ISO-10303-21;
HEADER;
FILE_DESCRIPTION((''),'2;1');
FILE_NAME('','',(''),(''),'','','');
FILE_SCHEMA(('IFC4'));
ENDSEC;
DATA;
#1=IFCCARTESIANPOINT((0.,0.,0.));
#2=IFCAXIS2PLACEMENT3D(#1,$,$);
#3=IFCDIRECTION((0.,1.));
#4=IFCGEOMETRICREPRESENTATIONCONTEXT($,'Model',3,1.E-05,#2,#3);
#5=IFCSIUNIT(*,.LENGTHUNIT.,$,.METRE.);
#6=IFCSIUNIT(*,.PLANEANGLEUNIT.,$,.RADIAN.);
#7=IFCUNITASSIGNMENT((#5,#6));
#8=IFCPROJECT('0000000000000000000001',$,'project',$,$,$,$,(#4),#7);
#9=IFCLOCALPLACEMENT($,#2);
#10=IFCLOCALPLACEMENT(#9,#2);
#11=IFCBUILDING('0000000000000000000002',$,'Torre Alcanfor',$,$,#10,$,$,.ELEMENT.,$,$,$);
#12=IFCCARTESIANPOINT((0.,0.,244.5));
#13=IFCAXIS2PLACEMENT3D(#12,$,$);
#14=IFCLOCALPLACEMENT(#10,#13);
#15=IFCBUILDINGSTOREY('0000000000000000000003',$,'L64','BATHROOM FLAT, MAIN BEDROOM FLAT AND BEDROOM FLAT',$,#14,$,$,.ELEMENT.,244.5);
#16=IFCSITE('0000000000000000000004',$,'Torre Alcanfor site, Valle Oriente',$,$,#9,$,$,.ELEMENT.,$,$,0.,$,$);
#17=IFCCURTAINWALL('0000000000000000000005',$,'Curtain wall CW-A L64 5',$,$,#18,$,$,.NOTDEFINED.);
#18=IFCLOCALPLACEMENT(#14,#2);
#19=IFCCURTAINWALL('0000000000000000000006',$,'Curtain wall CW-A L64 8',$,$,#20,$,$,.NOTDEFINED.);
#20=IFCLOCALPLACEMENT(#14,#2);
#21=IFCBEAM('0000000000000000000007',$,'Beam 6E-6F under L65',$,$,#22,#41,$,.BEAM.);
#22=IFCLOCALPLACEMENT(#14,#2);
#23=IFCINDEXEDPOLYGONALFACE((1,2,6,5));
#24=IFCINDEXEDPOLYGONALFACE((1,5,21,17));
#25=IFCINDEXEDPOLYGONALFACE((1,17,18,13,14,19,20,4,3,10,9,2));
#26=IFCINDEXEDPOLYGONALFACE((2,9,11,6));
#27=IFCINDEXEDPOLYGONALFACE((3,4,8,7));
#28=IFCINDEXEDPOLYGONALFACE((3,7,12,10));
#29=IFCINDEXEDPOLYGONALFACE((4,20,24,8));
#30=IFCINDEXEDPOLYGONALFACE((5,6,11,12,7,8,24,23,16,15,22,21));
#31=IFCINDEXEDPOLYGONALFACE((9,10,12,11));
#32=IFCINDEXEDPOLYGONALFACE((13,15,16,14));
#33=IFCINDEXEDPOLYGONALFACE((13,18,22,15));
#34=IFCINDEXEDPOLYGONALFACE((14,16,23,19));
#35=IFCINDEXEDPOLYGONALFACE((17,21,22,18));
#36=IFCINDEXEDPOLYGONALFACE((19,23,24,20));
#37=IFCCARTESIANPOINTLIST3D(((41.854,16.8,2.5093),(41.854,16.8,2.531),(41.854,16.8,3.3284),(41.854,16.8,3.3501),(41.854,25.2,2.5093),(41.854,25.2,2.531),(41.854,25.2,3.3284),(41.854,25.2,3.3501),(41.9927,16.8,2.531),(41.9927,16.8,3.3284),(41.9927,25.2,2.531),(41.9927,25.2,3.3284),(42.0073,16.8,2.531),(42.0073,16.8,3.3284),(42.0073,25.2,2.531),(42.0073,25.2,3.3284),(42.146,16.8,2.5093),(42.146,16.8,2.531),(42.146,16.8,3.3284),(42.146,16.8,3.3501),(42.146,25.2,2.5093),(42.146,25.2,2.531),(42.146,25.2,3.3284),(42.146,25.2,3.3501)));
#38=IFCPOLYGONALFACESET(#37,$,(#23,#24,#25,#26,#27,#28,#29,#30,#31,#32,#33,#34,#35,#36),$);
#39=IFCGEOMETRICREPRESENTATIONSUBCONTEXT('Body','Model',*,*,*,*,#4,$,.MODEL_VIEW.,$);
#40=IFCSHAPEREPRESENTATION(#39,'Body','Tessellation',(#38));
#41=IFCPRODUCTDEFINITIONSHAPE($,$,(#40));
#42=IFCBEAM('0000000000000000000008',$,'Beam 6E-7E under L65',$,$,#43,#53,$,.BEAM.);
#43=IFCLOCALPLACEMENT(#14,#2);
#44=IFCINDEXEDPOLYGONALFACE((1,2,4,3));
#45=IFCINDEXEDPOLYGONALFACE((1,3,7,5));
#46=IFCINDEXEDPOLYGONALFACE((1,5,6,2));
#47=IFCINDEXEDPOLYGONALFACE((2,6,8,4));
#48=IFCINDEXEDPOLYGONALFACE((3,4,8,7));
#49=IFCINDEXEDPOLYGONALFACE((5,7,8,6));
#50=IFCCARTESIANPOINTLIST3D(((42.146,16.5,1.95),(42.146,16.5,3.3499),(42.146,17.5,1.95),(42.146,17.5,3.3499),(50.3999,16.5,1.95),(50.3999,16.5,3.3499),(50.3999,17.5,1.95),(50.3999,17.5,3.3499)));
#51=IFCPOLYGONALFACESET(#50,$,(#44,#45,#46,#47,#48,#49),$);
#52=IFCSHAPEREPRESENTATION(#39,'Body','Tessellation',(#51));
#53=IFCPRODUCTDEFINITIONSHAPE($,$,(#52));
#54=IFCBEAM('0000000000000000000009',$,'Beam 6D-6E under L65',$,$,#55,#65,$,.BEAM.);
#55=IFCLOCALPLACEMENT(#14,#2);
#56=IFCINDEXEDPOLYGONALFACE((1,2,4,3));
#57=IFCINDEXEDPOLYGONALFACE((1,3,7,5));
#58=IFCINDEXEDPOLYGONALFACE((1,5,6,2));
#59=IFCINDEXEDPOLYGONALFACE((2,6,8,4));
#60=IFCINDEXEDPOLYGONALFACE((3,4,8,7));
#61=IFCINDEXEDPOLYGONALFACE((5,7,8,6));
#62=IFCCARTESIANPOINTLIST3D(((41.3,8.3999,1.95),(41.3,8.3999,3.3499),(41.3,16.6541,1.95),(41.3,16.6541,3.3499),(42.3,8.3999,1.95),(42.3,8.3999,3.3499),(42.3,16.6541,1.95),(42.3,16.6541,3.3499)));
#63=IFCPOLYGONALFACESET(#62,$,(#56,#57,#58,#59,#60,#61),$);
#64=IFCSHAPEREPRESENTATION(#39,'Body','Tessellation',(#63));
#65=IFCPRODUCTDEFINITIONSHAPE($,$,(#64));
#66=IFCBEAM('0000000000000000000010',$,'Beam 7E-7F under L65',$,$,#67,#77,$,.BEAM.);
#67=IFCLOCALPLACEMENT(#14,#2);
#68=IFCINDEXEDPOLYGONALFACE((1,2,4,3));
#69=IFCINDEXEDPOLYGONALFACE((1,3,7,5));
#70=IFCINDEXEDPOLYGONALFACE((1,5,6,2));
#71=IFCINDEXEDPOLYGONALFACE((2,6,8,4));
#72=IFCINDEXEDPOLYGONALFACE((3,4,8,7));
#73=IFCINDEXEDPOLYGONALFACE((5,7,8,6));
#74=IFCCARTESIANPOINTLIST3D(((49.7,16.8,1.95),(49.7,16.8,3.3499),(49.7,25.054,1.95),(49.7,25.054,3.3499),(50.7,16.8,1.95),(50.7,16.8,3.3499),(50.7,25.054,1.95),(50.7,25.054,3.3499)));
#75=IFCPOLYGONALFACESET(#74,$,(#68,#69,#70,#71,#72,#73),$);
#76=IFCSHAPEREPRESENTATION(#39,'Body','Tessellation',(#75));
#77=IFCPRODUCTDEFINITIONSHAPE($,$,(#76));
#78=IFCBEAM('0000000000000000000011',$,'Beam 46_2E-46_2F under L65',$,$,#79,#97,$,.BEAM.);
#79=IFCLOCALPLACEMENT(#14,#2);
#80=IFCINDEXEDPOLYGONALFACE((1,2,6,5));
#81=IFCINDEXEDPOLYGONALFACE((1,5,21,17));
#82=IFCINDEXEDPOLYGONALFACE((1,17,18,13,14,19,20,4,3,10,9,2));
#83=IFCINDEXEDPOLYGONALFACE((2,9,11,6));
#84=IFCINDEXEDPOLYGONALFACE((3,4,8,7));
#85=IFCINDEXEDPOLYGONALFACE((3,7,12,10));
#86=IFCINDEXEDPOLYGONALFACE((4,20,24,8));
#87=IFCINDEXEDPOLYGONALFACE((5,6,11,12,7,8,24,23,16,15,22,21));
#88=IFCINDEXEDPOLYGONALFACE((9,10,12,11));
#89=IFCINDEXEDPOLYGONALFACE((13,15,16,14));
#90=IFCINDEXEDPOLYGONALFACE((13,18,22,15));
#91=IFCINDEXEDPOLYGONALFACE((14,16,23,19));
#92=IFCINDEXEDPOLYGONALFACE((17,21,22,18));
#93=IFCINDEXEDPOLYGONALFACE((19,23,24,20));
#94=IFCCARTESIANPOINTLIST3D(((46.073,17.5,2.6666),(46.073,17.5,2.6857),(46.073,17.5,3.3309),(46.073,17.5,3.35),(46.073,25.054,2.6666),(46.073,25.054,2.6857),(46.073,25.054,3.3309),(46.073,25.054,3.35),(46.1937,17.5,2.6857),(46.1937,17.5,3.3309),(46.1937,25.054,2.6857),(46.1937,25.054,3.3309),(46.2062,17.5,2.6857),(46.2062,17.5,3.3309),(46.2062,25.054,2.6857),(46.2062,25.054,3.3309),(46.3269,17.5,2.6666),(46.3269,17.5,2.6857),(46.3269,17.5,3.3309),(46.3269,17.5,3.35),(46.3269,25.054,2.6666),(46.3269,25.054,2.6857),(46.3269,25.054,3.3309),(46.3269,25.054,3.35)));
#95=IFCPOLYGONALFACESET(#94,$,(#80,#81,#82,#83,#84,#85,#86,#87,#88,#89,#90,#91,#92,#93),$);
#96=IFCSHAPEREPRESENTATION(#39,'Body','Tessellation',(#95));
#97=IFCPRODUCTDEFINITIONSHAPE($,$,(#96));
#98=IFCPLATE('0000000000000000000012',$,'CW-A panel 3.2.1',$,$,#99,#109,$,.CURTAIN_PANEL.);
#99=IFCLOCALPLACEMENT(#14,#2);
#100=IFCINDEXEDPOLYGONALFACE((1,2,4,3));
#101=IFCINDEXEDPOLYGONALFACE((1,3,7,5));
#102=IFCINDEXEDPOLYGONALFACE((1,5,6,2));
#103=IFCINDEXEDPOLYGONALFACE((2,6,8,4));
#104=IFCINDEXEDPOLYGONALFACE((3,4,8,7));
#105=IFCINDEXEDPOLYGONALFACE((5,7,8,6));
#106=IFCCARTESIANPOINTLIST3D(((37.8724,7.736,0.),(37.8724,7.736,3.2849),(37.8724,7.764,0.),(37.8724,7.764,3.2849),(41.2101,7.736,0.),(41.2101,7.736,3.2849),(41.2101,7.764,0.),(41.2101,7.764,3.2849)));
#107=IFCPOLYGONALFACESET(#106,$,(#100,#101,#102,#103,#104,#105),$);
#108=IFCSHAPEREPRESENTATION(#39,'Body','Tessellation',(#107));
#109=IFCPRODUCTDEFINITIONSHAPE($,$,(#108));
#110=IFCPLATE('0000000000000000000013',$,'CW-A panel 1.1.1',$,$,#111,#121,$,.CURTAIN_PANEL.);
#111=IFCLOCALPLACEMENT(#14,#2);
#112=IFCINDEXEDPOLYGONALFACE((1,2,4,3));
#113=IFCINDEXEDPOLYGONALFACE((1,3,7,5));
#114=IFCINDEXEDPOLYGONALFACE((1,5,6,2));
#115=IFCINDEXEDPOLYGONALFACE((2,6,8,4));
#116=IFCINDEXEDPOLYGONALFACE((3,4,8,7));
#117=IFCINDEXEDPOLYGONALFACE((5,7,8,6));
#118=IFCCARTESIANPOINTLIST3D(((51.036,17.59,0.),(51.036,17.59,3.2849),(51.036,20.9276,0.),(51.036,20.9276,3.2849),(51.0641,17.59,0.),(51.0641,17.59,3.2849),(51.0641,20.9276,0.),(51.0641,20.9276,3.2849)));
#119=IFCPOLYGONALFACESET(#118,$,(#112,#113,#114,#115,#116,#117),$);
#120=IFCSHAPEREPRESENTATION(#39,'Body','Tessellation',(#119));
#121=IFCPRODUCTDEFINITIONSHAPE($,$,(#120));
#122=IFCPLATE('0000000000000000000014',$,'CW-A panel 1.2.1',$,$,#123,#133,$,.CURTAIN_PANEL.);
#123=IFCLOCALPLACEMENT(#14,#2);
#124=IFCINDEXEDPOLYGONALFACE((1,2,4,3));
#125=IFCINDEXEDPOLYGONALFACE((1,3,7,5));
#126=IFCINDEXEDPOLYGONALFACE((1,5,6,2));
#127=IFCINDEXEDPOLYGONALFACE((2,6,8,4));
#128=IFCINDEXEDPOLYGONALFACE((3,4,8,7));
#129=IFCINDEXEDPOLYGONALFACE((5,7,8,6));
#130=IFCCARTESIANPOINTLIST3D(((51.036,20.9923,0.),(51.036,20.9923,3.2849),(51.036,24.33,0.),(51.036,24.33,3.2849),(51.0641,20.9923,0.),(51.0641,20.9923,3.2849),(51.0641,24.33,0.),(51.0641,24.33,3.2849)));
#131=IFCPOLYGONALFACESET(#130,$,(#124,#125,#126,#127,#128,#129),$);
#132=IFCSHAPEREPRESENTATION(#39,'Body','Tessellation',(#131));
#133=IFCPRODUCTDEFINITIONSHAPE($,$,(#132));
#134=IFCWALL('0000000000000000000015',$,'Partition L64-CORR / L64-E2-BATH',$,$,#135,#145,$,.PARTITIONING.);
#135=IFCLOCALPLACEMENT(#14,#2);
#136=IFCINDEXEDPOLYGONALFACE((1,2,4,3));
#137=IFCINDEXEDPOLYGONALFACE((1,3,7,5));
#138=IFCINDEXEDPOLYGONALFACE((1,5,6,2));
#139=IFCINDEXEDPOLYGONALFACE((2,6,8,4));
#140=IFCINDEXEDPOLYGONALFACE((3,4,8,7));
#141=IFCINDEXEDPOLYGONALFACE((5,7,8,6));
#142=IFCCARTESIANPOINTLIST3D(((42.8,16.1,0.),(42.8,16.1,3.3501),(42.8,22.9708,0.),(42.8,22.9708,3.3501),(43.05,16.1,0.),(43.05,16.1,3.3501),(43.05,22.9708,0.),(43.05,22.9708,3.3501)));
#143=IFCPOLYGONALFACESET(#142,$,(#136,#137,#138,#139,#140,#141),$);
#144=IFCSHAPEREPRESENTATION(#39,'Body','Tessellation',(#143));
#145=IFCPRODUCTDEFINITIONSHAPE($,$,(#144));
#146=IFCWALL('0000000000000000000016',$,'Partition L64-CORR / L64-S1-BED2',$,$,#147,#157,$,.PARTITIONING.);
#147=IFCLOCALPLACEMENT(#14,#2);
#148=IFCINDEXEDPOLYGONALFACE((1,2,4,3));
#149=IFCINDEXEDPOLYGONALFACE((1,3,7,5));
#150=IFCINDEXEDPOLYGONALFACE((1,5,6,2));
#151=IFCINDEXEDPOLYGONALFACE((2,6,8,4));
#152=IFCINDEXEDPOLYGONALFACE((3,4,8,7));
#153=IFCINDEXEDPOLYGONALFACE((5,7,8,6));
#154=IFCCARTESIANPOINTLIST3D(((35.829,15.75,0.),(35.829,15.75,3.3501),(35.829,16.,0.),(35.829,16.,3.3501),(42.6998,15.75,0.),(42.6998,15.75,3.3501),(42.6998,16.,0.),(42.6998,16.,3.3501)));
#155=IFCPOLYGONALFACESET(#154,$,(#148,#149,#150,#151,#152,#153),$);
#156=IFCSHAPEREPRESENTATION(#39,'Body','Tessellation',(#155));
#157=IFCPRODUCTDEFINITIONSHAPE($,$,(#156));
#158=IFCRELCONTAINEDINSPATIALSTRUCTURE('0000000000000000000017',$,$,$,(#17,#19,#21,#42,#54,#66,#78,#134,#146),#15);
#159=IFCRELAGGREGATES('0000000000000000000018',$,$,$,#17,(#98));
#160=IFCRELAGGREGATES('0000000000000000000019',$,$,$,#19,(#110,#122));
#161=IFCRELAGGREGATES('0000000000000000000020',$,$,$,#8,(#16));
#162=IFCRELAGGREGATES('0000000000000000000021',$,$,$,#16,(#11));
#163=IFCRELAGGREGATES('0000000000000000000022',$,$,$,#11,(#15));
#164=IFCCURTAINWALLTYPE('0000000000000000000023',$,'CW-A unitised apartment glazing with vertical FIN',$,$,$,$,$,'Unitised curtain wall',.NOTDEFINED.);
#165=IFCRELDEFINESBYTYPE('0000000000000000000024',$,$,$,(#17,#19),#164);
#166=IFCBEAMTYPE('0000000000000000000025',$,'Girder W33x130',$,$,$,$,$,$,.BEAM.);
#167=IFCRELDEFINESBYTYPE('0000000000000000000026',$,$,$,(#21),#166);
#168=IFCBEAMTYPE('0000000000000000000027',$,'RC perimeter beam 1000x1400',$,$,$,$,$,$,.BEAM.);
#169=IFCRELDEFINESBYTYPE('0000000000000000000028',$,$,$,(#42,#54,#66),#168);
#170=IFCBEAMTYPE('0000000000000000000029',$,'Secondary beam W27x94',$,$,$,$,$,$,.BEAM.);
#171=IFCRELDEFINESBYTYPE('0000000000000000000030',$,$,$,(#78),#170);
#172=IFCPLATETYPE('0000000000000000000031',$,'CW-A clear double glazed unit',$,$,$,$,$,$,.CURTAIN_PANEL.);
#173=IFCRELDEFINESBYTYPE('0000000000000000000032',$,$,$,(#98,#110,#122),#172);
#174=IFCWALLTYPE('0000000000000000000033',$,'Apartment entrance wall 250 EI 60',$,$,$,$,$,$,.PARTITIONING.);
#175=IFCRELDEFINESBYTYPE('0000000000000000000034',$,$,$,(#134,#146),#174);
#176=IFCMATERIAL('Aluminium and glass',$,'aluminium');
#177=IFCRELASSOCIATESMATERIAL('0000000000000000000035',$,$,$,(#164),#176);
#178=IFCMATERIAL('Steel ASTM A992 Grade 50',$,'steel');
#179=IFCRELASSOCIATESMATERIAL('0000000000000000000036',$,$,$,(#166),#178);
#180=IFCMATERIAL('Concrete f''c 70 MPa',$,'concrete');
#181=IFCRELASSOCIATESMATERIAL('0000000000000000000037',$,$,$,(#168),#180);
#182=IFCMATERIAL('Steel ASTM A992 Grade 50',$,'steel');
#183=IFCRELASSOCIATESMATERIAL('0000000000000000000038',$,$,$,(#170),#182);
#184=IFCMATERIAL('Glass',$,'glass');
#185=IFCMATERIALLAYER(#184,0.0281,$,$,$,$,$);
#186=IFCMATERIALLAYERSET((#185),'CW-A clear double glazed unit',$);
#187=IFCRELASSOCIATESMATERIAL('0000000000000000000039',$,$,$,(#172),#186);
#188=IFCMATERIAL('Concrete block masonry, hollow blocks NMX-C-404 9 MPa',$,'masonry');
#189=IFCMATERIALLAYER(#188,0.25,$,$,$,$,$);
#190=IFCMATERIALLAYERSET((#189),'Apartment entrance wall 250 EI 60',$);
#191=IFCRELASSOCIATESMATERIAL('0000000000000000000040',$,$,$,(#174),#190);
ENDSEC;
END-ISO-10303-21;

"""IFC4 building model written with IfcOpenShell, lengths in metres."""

from ifc_helpers import new_model, si_unit, direction, frame, frame_2d, origin, origin_2d, place, context, subcontext, project, spatial, rectangle, i_section, extrude, material, layer, layer_set, material_profile, profile_set, type_object, element, aggregate, save


model = new_model("IFC4")

# Units and contexts
model_context = context("Model", 3, precision=1e-05, world=origin(), true_north=direction((0.0, 1.0)))
body_context = subcontext(model_context, "Body", "Model", "MODEL_VIEW")
ifc_project = project(units=[si_unit("LENGTHUNIT", "METRE"), si_unit("PLANEANGLEUNIT", "RADIAN")], contexts=[model_context])

# Site, building, storey
site_placement = place(None, origin())
site = spatial("IfcSite", under=ifc_project, at=site_placement, Name="Torre Alcanfor site, Valle Oriente", CompositionType="ELEMENT", RefElevation=0.0)
building_placement = place(site_placement, origin())
building = spatial("IfcBuilding", under=site, at=building_placement, Name="Torre Alcanfor", CompositionType="ELEMENT")
storey_placement = place(building_placement, frame((0.0, 0.0, 244.5)))
storey = spatial("IfcBuildingStorey", under=building, at=storey_placement, Name="L64", Description="BATHROOM FLAT, MAIN BEDROOM FLAT AND BEDROOM FLAT", CompositionType="ELEMENT", Elevation=244.5)

# Curtain wall
ifc_material_1 = material(Name="Aluminium and glass", Category="aluminium")
curtain_wall_type = type_object("IfcCurtainWallType", Name="CW-A unitised apartment glazing with vertical FIN", ElementType="Unitised curtain wall", PredefinedType="NOTDEFINED", material=ifc_material_1)
curtain_wall_1_placement = place(storey_placement, origin())
curtain_wall_1 = element("IfcCurtainWall", 1, at=curtain_wall_1_placement, inside=storey, type_object=curtain_wall_type, Name="Curtain wall CW-A L64 5", PredefinedType="NOTDEFINED")

# Curtain wall
curtain_wall_2_placement = place(storey_placement, origin())
curtain_wall_2 = element("IfcCurtainWall", 2, at=curtain_wall_2_placement, inside=storey, type_object=curtain_wall_type, Name="Curtain wall CW-A L64 8", PredefinedType="NOTDEFINED")

# Beams
ifc_material_2 = material(Name="Steel ASTM A992 Grade 50", Category="steel")
ifc_material_profile_1 = material_profile(ifc_material_2, i_section(OverallWidth=0.292, OverallDepth=0.8408, WebThickness=0.0146, FlangeThickness=0.0217, at=origin_2d()), Name="W33x130")
ifc_profile_set_1 = profile_set([ifc_material_profile_1], Name="Steel ASTM A992 Grade 50")
beam_type_1 = type_object("IfcBeamType", Name="Girder W33x130", PredefinedType="BEAM", material=ifc_profile_set_1)
beam_1_placement = place(storey_placement, frame((42.0, 16.8, 2.9297), z_axis=(0.0, 1.0, 0.0), x_axis=(-1.0, 0.0, 0.0)))
element("IfcBeam", 3, at=beam_1_placement, inside=storey, type_object=beam_type_1, Name="Beam 6E-6F under L65", PredefinedType="BEAM", context=body_context, shape_type="SweptSolid", body=[
    extrude(i_section(OverallWidth=0.292, OverallDepth=0.8408, WebThickness=0.0146, FlangeThickness=0.0217, at=origin_2d()), origin(), (0.0, 0.0, 1.0), 8.3999),
])
ifc_material_3 = material(Name="Concrete f'c 70 MPa", Category="concrete")
ifc_material_profile_2 = material_profile(ifc_material_3, rectangle(XDim=1.0, YDim=1.3999, at=origin_2d()), Name="1000x1400")
ifc_profile_set_2 = profile_set([ifc_material_profile_2], Name="Concrete f'c 70 MPa")
beam_type_2 = type_object("IfcBeamType", Name="RC perimeter beam 1000x1400", PredefinedType="BEAM", material=ifc_profile_set_2)
beam_2_placement = place(storey_placement, frame((42.146, 17.0, 2.6499), z_axis=(1.0, 0.0, 0.0), x_axis=(0.0, 1.0, 0.0)))
element("IfcBeam", 4, at=beam_2_placement, inside=storey, type_object=beam_type_2, Name="Beam 6E-7E under L65", PredefinedType="BEAM", context=body_context, shape_type="SweptSolid", body=[
    extrude(rectangle(XDim=1.0, YDim=1.3999, at=origin_2d()), origin(), (0.0, 0.0, 1.0), 8.2539),
])
beam_3_placement = place(storey_placement, frame((41.8, 8.3999, 2.6499), z_axis=(0.0, 1.0, 0.0), x_axis=(-1.0, 0.0, 0.0)))
element("IfcBeam", 5, at=beam_3_placement, inside=storey, type_object=beam_type_2, Name="Beam 6D-6E under L65", PredefinedType="BEAM", context=body_context, shape_type="SweptSolid", body=[
    extrude(rectangle(XDim=1.0, YDim=1.3999, at=origin_2d()), origin(), (0.0, 0.0, 1.0), 8.2542),
])
beam_4_placement = place(storey_placement, frame((50.2, 16.8, 2.6499), z_axis=(0.0, 1.0, 0.0), x_axis=(-1.0, 0.0, 0.0)))
element("IfcBeam", 6, at=beam_4_placement, inside=storey, type_object=beam_type_2, Name="Beam 7E-7F under L65", PredefinedType="BEAM", context=body_context, shape_type="SweptSolid", body=[
    extrude(rectangle(XDim=1.0, YDim=1.3999, at=origin_2d()), origin(), (0.0, 0.0, 1.0), 8.2539),
])
ifc_material_4 = material(Name="Steel ASTM A992 Grade 50", Category="steel")
ifc_material_profile_3 = material_profile(ifc_material_4, i_section(OverallWidth=0.2539, OverallDepth=0.6833, WebThickness=0.0125, FlangeThickness=0.019, at=origin_2d()), Name="W27x94")
ifc_profile_set_3 = profile_set([ifc_material_profile_3], Name="Steel ASTM A992 Grade 50")
beam_type_3 = type_object("IfcBeamType", Name="Secondary beam W27x94", PredefinedType="BEAM", material=ifc_profile_set_3)
beam_5_placement = place(storey_placement, frame((46.2, 17.5, 3.0083), z_axis=(0.0, 1.0, 0.0), x_axis=(-1.0, 0.0, 0.0)))
element("IfcBeam", 7, at=beam_5_placement, inside=storey, type_object=beam_type_3, Name="Beam 46_2E-46_2F under L65", PredefinedType="BEAM", context=body_context, shape_type="SweptSolid", body=[
    extrude(i_section(OverallWidth=0.2539, OverallDepth=0.6833, WebThickness=0.0125, FlangeThickness=0.019, at=origin_2d()), origin(), (0.0, 0.0, 1.0), 7.554),
])

# Plates
ifc_material_5 = material(Name="Glass", Category="glass")
ifc_layer_1 = layer(ifc_material_5, 0.0281)
ifc_layer_set_1 = layer_set([ifc_layer_1], Name="CW-A clear double glazed unit")
plate_type = type_object("IfcPlateType", Name="CW-A clear double glazed unit", PredefinedType="CURTAIN_PANEL", material=ifc_layer_set_1)
plate_1_placement = place(storey_placement, frame((39.5413, 7.75, 0.0), z_axis=(0.0, 0.0, 1.0), x_axis=(1.0, 0.0, 0.0)))
plate_1 = element("IfcPlate", 8, at=plate_1_placement, type_object=plate_type, Name="CW-A panel 3.2.1", PredefinedType="CURTAIN_PANEL", context=body_context, shape_type="SweptSolid", body=[
    extrude(rectangle(XDim=3.3376, YDim=0.0281, at=origin_2d()), origin(), (0.0, 0.0, 1.0), 3.2849),
])
aggregate(curtain_wall_1, [plate_1])
plate_2_placement = place(storey_placement, frame((51.05, 19.2588, 0.0), z_axis=(0.0, 0.0, 1.0), x_axis=(0.0, 1.0, 0.0)))
plate_2 = element("IfcPlate", 9, at=plate_2_placement, type_object=plate_type, Name="CW-A panel 1.1.1", PredefinedType="CURTAIN_PANEL", context=body_context, shape_type="SweptSolid", body=[
    extrude(rectangle(XDim=3.3376, YDim=0.0281, at=origin_2d()), origin(), (0.0, 0.0, 1.0), 3.2849),
])
plate_3_placement = place(storey_placement, frame((51.05, 22.6611, 0.0), z_axis=(0.0, 0.0, 1.0), x_axis=(0.0, 1.0, 0.0)))
plate_3 = element("IfcPlate", 10, at=plate_3_placement, type_object=plate_type, Name="CW-A panel 1.2.1", PredefinedType="CURTAIN_PANEL", context=body_context, shape_type="SweptSolid", body=[
    extrude(rectangle(XDim=3.3376, YDim=0.0281, at=origin_2d()), origin(), (0.0, 0.0, 1.0), 3.2849),
])
aggregate(curtain_wall_2, [plate_2, plate_3])

# Walls
ifc_material_6 = material(Name="Concrete block masonry, hollow blocks NMX-C-404 9 MPa", Category="masonry")
ifc_layer_2 = layer(ifc_material_6, 0.25)
ifc_layer_set_2 = layer_set([ifc_layer_2], Name="Apartment entrance wall 250 EI 60")
wall_type_1 = type_object("IfcWallType", Name="Apartment entrance wall 250 EI 60", PredefinedType="PARTITIONING", material=ifc_layer_set_2)
for number, where, z_axis, x_axis, name in (
    (11, (42.925, 22.9709, 0.0), (0.0, 0.0, 1.0), (0.0, -1.0, 0.0), "Partition L64-CORR / L64-E2-BATH"),
    (12, (42.7, 15.875, 0.0), (0.0, 0.0, 1.0), (-1.0, 0.0, 0.0), "Partition L64-CORR / L64-S1-BED2"),
):
    element("IfcWall", number, at=place(storey_placement, frame(where, z_axis=z_axis, x_axis=x_axis)), inside=storey, type_object=wall_type_1, Name=name, PredefinedType="PARTITIONING", context=body_context, shape_type="SweptSolid", body=[
        extrude(rectangle(XDim=6.8708, YDim=0.25, at=frame_2d((3.4355, 0.0))), origin(), (0.0, 0.0, 1.0), 3.3501),
    ])

save(model, "model.ifc")
